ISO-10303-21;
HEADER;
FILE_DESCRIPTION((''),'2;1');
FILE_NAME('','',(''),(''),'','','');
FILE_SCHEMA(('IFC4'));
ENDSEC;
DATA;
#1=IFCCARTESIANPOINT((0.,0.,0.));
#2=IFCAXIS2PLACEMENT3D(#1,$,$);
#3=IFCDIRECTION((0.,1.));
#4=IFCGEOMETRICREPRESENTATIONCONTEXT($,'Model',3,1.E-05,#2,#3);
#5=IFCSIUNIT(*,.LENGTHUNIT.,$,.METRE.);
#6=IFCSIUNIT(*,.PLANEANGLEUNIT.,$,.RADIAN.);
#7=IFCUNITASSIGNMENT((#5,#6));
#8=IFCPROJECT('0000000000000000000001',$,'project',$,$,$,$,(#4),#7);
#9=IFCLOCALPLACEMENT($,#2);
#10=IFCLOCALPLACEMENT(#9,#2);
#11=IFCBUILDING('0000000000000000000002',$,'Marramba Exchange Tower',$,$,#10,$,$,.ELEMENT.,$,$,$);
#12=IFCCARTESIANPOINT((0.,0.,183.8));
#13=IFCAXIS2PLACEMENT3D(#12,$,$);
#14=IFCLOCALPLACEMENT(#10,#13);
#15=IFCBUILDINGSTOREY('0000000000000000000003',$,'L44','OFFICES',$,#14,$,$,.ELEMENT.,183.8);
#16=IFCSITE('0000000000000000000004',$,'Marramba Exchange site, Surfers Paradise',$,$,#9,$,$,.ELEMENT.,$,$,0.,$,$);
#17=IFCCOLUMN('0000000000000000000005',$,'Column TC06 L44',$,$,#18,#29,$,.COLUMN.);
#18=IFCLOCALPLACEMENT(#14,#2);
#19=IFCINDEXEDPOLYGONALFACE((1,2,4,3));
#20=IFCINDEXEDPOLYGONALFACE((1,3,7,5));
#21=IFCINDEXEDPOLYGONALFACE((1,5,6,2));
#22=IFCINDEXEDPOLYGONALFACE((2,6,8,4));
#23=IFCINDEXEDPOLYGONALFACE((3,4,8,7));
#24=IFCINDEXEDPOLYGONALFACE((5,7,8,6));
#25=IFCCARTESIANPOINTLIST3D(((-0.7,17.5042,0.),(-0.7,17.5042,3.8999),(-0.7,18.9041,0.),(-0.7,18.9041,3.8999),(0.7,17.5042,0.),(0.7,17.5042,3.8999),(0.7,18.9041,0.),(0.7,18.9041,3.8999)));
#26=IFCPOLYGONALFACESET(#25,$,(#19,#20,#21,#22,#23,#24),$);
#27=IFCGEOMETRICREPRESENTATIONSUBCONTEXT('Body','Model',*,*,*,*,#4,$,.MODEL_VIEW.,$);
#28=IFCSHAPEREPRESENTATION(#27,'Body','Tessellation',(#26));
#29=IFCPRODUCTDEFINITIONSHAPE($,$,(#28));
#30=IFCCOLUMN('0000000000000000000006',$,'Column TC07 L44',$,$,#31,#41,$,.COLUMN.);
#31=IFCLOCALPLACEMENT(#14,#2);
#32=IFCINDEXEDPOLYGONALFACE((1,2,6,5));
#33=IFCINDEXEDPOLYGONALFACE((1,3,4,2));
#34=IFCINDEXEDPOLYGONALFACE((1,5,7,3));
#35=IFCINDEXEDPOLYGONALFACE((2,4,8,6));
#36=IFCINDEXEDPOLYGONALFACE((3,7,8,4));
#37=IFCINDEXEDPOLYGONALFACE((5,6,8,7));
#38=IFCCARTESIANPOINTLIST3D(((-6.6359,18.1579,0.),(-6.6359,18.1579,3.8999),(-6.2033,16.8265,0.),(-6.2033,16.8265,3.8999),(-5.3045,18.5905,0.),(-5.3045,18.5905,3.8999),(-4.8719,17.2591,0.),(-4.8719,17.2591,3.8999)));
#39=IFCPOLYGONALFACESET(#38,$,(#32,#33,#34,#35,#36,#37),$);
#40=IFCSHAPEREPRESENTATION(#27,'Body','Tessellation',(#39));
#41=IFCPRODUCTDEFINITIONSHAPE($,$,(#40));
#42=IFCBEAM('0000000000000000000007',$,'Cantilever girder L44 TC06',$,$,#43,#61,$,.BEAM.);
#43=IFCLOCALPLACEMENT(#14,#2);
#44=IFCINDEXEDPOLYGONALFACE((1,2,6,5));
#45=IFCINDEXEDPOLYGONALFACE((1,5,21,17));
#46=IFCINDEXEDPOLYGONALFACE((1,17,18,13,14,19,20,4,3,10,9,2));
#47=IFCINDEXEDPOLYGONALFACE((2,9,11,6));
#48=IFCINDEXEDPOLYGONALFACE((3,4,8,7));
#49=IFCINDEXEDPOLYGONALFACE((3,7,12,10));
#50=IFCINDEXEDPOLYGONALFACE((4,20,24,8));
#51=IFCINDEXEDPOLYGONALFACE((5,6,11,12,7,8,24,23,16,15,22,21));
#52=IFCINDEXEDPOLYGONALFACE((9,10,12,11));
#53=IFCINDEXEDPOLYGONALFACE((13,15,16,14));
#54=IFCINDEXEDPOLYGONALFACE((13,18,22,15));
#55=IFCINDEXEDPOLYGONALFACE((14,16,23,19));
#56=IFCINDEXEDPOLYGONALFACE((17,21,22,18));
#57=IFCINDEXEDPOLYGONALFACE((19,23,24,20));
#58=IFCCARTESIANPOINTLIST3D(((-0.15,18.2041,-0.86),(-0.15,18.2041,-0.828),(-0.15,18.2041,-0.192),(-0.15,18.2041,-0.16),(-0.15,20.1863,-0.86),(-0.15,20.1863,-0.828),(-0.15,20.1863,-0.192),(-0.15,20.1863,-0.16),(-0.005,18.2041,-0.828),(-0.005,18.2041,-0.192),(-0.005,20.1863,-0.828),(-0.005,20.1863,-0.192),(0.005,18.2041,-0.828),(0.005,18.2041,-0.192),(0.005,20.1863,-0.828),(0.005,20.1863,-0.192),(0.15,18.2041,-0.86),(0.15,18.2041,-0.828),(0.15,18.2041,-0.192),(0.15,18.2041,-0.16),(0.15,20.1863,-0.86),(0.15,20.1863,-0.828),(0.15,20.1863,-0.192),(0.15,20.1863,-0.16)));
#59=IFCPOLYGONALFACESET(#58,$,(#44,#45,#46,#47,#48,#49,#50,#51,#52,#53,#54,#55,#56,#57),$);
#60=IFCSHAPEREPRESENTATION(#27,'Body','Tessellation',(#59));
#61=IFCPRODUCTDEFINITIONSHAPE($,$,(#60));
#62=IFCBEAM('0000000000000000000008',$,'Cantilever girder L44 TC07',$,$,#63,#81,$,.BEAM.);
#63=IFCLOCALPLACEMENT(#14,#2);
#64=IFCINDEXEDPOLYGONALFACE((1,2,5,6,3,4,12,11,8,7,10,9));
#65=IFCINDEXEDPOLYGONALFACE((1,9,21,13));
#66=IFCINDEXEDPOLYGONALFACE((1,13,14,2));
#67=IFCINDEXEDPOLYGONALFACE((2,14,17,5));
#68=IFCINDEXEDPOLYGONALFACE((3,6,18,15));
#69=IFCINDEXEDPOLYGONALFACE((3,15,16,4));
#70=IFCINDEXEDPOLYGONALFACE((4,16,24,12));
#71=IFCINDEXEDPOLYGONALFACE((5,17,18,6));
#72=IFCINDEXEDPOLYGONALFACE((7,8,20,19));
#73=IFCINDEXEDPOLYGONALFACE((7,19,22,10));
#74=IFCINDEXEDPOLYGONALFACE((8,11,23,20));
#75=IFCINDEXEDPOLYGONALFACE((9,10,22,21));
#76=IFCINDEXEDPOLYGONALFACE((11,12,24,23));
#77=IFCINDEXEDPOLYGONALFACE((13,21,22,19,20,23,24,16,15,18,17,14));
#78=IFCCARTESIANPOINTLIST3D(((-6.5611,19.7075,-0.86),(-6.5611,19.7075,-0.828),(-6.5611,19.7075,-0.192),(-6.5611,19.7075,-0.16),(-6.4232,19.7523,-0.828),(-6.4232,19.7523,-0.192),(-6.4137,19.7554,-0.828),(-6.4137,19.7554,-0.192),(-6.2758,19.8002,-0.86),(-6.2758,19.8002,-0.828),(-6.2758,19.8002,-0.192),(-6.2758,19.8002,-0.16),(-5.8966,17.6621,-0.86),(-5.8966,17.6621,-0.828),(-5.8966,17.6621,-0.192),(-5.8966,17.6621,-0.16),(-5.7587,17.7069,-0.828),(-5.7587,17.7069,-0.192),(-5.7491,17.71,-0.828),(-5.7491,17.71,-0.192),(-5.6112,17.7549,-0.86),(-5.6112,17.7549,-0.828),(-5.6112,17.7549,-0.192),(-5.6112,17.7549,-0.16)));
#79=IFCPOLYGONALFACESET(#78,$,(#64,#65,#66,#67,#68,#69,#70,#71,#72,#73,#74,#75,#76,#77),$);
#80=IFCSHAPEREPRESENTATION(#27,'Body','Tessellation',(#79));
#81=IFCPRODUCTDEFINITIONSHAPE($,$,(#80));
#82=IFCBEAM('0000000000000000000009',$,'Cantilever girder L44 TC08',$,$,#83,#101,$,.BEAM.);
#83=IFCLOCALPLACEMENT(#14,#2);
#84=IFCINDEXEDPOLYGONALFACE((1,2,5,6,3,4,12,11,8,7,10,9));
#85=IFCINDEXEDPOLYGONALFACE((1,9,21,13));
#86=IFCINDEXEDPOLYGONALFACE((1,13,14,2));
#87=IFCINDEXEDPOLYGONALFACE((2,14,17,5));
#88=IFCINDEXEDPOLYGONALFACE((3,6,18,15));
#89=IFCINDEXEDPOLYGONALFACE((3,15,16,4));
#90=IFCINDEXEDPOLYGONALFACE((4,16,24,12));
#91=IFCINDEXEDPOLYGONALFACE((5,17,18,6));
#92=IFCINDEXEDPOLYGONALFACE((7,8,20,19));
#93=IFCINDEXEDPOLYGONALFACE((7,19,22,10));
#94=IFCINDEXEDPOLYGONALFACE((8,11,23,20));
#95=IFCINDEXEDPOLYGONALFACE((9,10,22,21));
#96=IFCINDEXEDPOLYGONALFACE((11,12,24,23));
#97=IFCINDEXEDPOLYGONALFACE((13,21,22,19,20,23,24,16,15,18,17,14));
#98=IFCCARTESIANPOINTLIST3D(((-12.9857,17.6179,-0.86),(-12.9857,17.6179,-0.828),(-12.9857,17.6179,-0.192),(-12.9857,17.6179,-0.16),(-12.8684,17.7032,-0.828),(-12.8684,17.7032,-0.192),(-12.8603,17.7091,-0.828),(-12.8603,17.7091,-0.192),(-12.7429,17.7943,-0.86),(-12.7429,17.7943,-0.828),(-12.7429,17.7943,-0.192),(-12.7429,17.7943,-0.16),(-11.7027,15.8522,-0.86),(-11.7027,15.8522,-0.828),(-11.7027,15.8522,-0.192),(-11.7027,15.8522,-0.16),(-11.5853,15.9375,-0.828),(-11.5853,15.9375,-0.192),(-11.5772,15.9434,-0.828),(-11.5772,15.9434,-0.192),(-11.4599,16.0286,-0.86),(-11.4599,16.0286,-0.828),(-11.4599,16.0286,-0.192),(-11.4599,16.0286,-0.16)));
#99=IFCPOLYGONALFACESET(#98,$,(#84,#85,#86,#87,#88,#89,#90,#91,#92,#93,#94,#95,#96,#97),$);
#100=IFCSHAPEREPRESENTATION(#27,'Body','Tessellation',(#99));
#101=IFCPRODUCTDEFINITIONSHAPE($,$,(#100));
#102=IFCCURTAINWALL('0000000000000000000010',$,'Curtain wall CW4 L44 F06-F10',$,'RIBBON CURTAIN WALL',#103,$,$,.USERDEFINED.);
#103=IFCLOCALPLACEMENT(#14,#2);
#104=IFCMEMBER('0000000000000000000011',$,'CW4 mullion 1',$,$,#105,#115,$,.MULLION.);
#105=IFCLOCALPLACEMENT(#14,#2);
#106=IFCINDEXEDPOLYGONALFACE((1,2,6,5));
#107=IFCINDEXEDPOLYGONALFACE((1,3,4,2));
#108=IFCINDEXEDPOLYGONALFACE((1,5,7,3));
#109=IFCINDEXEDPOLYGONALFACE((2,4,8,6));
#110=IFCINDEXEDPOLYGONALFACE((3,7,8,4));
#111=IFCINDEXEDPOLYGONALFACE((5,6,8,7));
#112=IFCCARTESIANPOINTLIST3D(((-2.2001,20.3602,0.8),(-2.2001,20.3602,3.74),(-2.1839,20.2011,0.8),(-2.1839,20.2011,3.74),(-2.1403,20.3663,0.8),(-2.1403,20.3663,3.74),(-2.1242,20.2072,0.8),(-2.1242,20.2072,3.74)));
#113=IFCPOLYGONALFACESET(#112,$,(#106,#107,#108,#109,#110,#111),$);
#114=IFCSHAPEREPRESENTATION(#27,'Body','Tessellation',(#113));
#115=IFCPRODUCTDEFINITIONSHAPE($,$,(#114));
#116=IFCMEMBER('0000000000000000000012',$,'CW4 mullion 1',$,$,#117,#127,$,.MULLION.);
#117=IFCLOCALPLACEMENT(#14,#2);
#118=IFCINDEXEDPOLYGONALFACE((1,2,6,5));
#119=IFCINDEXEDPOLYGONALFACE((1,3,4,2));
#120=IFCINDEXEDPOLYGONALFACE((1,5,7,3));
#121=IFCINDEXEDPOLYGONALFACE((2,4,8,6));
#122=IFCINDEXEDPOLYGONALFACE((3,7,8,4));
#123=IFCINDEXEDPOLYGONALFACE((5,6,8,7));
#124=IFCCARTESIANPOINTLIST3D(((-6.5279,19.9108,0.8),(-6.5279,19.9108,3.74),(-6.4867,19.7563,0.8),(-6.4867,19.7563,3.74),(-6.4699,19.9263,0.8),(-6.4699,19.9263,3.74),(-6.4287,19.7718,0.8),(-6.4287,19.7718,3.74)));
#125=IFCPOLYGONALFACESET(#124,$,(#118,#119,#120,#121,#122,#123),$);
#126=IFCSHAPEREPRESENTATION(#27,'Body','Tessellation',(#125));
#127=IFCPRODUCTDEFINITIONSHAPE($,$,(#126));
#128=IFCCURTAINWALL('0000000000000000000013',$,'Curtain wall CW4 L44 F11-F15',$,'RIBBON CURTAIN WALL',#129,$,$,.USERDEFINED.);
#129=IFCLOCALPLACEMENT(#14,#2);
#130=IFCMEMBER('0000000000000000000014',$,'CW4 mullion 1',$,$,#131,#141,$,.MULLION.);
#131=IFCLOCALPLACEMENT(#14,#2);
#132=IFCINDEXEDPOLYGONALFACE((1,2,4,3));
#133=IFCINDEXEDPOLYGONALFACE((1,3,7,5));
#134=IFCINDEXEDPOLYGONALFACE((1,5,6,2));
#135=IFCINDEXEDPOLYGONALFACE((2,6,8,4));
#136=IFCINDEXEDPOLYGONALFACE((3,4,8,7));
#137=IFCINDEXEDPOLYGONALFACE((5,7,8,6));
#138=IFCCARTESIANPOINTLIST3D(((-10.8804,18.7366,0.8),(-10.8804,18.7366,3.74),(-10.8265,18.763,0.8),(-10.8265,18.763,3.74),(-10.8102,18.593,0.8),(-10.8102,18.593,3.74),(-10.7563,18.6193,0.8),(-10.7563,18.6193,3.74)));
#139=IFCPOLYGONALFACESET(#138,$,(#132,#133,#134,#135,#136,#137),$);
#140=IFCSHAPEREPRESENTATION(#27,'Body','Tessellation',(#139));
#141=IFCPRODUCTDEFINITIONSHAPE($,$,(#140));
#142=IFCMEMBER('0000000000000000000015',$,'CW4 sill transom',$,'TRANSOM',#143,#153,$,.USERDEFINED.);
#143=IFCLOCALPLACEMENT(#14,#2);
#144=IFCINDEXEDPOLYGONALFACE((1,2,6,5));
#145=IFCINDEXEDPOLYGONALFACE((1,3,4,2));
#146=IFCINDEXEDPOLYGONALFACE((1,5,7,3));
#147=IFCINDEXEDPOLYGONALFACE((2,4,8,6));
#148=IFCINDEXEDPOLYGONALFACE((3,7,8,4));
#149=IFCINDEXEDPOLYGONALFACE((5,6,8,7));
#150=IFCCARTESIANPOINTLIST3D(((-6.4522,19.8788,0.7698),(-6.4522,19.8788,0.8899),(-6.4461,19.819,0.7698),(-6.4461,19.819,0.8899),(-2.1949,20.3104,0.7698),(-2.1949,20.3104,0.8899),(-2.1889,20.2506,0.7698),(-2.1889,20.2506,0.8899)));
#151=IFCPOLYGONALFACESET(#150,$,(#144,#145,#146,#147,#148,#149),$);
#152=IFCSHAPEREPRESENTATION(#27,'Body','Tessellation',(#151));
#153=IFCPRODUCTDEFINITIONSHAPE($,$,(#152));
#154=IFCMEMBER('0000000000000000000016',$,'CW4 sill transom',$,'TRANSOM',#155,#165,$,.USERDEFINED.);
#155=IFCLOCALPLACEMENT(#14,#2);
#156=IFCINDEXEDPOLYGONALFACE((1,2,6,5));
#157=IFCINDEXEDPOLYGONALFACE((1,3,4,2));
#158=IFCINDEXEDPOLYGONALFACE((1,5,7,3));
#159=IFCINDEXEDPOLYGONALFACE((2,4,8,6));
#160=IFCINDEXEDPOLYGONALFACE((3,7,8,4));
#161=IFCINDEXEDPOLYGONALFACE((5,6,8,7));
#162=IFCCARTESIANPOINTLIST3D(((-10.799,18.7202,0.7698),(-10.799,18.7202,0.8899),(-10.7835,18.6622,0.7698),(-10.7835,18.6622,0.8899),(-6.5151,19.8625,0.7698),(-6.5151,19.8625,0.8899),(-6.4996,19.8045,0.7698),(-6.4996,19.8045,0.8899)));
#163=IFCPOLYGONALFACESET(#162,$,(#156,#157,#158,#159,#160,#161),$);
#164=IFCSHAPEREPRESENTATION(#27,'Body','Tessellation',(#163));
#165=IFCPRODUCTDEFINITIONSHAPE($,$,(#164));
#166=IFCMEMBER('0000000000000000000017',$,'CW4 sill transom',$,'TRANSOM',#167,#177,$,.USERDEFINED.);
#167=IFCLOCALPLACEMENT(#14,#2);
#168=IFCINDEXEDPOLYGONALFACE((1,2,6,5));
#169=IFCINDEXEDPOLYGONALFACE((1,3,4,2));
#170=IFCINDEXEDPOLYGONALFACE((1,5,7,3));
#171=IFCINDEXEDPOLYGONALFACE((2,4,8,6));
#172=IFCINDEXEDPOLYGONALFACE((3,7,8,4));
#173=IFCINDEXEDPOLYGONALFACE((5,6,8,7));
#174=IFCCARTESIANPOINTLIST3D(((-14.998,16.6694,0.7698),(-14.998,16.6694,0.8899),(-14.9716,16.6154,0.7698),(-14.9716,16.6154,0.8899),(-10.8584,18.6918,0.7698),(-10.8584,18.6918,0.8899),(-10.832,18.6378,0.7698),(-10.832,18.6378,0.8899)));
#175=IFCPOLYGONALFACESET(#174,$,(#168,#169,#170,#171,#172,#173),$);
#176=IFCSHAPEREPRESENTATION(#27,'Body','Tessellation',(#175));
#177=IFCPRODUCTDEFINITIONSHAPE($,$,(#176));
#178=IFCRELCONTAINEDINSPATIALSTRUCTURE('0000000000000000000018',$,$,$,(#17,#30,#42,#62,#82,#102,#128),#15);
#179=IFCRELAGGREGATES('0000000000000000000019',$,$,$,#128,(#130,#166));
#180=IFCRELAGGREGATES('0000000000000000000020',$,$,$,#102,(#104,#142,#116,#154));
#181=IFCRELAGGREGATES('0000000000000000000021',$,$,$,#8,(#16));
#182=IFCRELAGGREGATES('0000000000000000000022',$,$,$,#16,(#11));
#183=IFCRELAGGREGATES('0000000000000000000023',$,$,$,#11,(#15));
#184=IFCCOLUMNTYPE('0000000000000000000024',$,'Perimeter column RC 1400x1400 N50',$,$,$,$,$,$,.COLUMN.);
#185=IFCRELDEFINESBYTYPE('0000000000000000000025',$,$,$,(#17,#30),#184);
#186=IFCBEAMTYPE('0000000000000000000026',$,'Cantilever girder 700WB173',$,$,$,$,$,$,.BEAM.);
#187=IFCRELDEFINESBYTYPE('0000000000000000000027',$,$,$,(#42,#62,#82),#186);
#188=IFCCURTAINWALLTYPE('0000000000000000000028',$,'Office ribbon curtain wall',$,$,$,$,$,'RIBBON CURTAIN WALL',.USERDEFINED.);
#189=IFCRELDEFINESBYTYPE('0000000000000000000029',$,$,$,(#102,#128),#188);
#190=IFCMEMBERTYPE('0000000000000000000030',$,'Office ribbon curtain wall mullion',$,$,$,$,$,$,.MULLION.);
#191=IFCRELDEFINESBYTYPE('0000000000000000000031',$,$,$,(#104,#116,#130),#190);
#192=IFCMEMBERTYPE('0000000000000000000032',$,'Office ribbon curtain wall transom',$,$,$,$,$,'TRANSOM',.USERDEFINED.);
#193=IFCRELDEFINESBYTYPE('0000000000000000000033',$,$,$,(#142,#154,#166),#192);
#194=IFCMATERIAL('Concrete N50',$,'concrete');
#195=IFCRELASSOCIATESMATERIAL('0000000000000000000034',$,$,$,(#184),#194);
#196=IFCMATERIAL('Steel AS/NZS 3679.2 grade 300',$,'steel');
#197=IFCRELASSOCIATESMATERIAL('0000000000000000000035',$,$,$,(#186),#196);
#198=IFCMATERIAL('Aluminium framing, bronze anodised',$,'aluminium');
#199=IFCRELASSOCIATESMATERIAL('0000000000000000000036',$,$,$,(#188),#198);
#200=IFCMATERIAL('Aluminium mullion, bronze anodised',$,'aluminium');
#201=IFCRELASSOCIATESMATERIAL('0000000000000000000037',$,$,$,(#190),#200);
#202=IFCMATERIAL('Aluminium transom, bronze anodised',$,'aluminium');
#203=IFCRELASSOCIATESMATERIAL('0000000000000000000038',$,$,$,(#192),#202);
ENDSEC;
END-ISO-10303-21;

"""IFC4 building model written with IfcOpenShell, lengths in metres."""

from ifc_helpers import new_model, si_unit, direction, frame, origin, origin_2d, place, context, subcontext, project, spatial, rectangle, i_section, extrude, material, material_profile, profile_set, type_object, element, aggregate, save


model = new_model("IFC4")

# Units and contexts
model_context = context("Model", 3, precision=1e-05, world=origin(), true_north=direction((0.0, 1.0)))
body_context = subcontext(model_context, "Body", "Model", "MODEL_VIEW")
ifc_project = project(units=[si_unit("LENGTHUNIT", "METRE"), si_unit("PLANEANGLEUNIT", "RADIAN")], contexts=[model_context])

# Site, building, storey
site_placement = place(None, origin())
site = spatial("IfcSite", under=ifc_project, at=site_placement, Name="Marramba Exchange site, Surfers Paradise", CompositionType="ELEMENT", RefElevation=0.0)
building_placement = place(site_placement, origin())
building = spatial("IfcBuilding", under=site, at=building_placement, Name="Marramba Exchange Tower", CompositionType="ELEMENT")
storey_placement = place(building_placement, frame((0.0, 0.0, 183.8)))
storey = spatial("IfcBuildingStorey", under=building, at=storey_placement, Name="L44", Description="OFFICES", CompositionType="ELEMENT", Elevation=183.8)

# Columns
ifc_material_1 = material(Name="Concrete N50", Category="concrete")
ifc_material_profile_1 = material_profile(ifc_material_1, rectangle(XDim=1.3999, YDim=1.3999, at=origin_2d()), Name="RC 1400x1400")
ifc_profile_set_1 = profile_set([ifc_material_profile_1], Name="Concrete N50")
column_type = type_object("IfcColumnType", Name="Perimeter column RC 1400x1400 N50", PredefinedType="COLUMN", material=ifc_profile_set_1)
for number, where, z_axis, x_axis, name in (
    (1, (0.0, 18.2041, 0.0), (0.0, 0.0, 1.0), (0.0, 1.0, 0.0), "Column TC06 L44"),
    (2, (-5.7539, 17.7085, 0.0), (0.0, 0.0, 1.0), (-0.309017, 0.951057, 0.0), "Column TC07 L44"),
):
    element("IfcColumn", number, at=place(storey_placement, frame(where, z_axis=z_axis, x_axis=x_axis)), inside=storey, type_object=column_type, Name=name, PredefinedType="COLUMN", context=body_context, shape_type="SweptSolid", body=[
        extrude(rectangle(XDim=1.3999, YDim=1.3999, at=origin_2d()), origin(), (0.0, 0.0, 1.0), 3.8999),
    ])

# Beams
ifc_material_2 = material(Name="Steel AS/NZS 3679.2 grade 300", Category="steel")
ifc_material_profile_2 = material_profile(ifc_material_2, i_section(OverallWidth=0.3, OverallDepth=0.7, WebThickness=0.01, FlangeThickness=0.032, at=origin_2d()), Name="700WB173")
ifc_profile_set_2 = profile_set([ifc_material_profile_2], Name="Steel AS/NZS 3679.2 grade 300")
beam_type_1 = type_object("IfcBeamType", Name="Cantilever girder 700WB173", PredefinedType="BEAM", material=ifc_profile_set_2)
beam_1_placement = place(storey_placement, frame((0.0, 18.2041, -0.51), z_axis=(0.0, 1.0, 0.0), x_axis=(-1.0, 0.0, 0.0)))
element("IfcBeam", 3, at=beam_1_placement, inside=storey, type_object=beam_type_1, Name="Cantilever girder L44 TC06", PredefinedType="BEAM", context=body_context, shape_type="SweptSolid", body=[
    extrude(i_section(OverallWidth=0.3, OverallDepth=0.7, WebThickness=0.01, FlangeThickness=0.032, at=origin_2d()), origin(), (0.0, 0.0, 1.0), 1.9822),
])
beam_2_placement = place(storey_placement, frame((-5.7539, 17.7085, -0.51), z_axis=(-0.308999, 0.951062, 0.0), x_axis=(-0.951062, -0.308999, 0.0)))
element("IfcBeam", 4, at=beam_2_placement, inside=storey, type_object=beam_type_1, Name="Cantilever girder L44 TC07", PredefinedType="BEAM", context=body_context, shape_type="SweptSolid", body=[
    extrude(i_section(OverallWidth=0.3, OverallDepth=0.7, WebThickness=0.01, FlangeThickness=0.032, at=origin_2d()), origin(), (0.0, 0.0, 1.0), 2.1506),
])
beam_3_placement = place(storey_placement, frame((-11.5813, 15.9404, -0.51), z_axis=(-0.587832, 0.808983, 0.0), x_axis=(-0.808983, -0.587832, 0.0)))
element("IfcBeam", 5, at=beam_3_placement, inside=storey, type_object=beam_type_1, Name="Cantilever girder L44 TC08", PredefinedType="BEAM", context=body_context, shape_type="SweptSolid", body=[
    extrude(i_section(OverallWidth=0.3, OverallDepth=0.7, WebThickness=0.01, FlangeThickness=0.032, at=origin_2d()), origin(), (0.0, 0.0, 1.0), 2.1826),
])

# Curtain wall, members
ifc_material_3 = material(Name="Aluminium framing, bronze anodised", Category="aluminium")
curtain_wall_type = type_object("IfcCurtainWallType", Name="Office ribbon curtain wall", ElementType="RIBBON CURTAIN WALL", PredefinedType="USERDEFINED", material=ifc_material_3)
curtain_wall_1_placement = place(storey_placement, origin())
curtain_wall_1 = element("IfcCurtainWall", 6, at=curtain_wall_1_placement, inside=storey, type_object=curtain_wall_type, Name="Curtain wall CW4 L44 F06-F10", ObjectType="RIBBON CURTAIN WALL", PredefinedType="USERDEFINED")
ifc_material_4 = material(Name="Aluminium mullion, bronze anodised", Category="aluminium")
ifc_material_profile_3 = material_profile(ifc_material_4, rectangle(XDim=0.1599, YDim=0.0601, at=origin_2d()), Name="CW4 mullion 60x160")
ifc_profile_set_3 = profile_set([ifc_material_profile_3], Name="Aluminium mullion, bronze anodised")
member_type_1 = type_object("IfcMemberType", Name="Office ribbon curtain wall mullion", PredefinedType="MULLION", material=ifc_profile_set_3)
member_1_placement = place(storey_placement, frame((-2.1621, 20.2837, 0.8), z_axis=(0.0, 0.0, 1.0), x_axis=(0.100863, -0.9949, 0.0)))
member_1 = element("IfcMember", 7, at=member_1_placement, type_object=member_type_1, Name="CW4 mullion 1", PredefinedType="MULLION", context=body_context, shape_type="SweptSolid", body=[
    extrude(rectangle(XDim=0.1599, YDim=0.0601, at=origin_2d()), origin(), (0.0, 0.0, 1.0), 2.9399),
])
member_2_placement = place(storey_placement, frame((-6.4783, 19.8413, 0.8), z_axis=(0.0, 0.0, 1.0), x_axis=(0.257641, -0.966241, 0.0)))
member_2 = element("IfcMember", 8, at=member_2_placement, type_object=member_type_1, Name="CW4 mullion 1", PredefinedType="MULLION", context=body_context, shape_type="SweptSolid", body=[
    extrude(rectangle(XDim=0.1599, YDim=0.0601, at=origin_2d()), origin(), (0.0, 0.0, 1.0), 2.9399),
])

# Curtain wall, member
curtain_wall_2_placement = place(storey_placement, origin())
curtain_wall_2 = element("IfcCurtainWall", 9, at=curtain_wall_2_placement, inside=storey, type_object=curtain_wall_type, Name="Curtain wall CW4 L44 F11-F15", ObjectType="RIBBON CURTAIN WALL", PredefinedType="USERDEFINED")
member_3_placement = place(storey_placement, frame((-10.8184, 18.678, 0.8), z_axis=(0.0, 0.0, 1.0), x_axis=(0.438972, -0.898501, 0.0)))
member_3 = element("IfcMember", 10, at=member_3_placement, type_object=member_type_1, Name="CW4 mullion 1", PredefinedType="MULLION", context=body_context, shape_type="SweptSolid", body=[
    extrude(rectangle(XDim=0.1599, YDim=0.0601, at=origin_2d()), origin(), (0.0, 0.0, 1.0), 2.9399),
])

# Members
ifc_material_5 = material(Name="Aluminium transom, bronze anodised", Category="aluminium")
ifc_material_profile_4 = material_profile(ifc_material_5, rectangle(XDim=0.0601, YDim=0.1201, at=origin_2d()), Name="CW4 transom 60x120")
ifc_profile_set_4 = profile_set([ifc_material_profile_4], Name="Aluminium transom, bronze anodised")
member_type_2 = type_object("IfcMemberType", Name="Office ribbon curtain wall transom", ElementType="TRANSOM", PredefinedType="USERDEFINED", material=ifc_profile_set_4)
member_4_placement = place(storey_placement, frame((-2.1919, 20.2805, 0.8298), z_axis=(-0.9949, -0.100871, 0.0), x_axis=(0.100871, -0.9949, 0.0)))
member_4 = element("IfcMember", 11, at=member_4_placement, type_object=member_type_2, Name="CW4 sill transom", ObjectType="TRANSOM", PredefinedType="USERDEFINED", context=body_context, shape_type="SweptSolid", body=[
    extrude(rectangle(XDim=0.0601, YDim=0.1201, at=origin_2d()), origin(), (0.0, 0.0, 1.0), 4.2791),
])
member_5_placement = place(storey_placement, frame((-6.5073, 19.8335, 0.8298), z_axis=(-0.966238, -0.257652, 0.0), x_axis=(0.257652, -0.966238, 0.0)))
member_5 = element("IfcMember", 12, at=member_5_placement, type_object=member_type_2, Name="CW4 sill transom", ObjectType="TRANSOM", PredefinedType="USERDEFINED", context=body_context, shape_type="SweptSolid", body=[
    extrude(rectangle(XDim=0.0601, YDim=0.1201, at=origin_2d()), origin(), (0.0, 0.0, 1.0), 4.4336),
])
member_6_placement = place(storey_placement, frame((-10.8452, 18.6648, 0.8298), z_axis=(-0.898501, -0.438971, 0.0), x_axis=(0.438971, -0.898501, 0.0)))
member_6 = element("IfcMember", 13, at=member_6_placement, type_object=member_type_2, Name="CW4 sill transom", ObjectType="TRANSOM", PredefinedType="USERDEFINED", context=body_context, shape_type="SweptSolid", body=[
    extrude(rectangle(XDim=0.0601, YDim=0.1201, at=origin_2d()), origin(), (0.0, 0.0, 1.0), 4.6072),
])
aggregate(curtain_wall_2, [member_3, member_6])

aggregate(curtain_wall_1, [member_1, member_4, member_2, member_5])

save(model, "model.ifc")
